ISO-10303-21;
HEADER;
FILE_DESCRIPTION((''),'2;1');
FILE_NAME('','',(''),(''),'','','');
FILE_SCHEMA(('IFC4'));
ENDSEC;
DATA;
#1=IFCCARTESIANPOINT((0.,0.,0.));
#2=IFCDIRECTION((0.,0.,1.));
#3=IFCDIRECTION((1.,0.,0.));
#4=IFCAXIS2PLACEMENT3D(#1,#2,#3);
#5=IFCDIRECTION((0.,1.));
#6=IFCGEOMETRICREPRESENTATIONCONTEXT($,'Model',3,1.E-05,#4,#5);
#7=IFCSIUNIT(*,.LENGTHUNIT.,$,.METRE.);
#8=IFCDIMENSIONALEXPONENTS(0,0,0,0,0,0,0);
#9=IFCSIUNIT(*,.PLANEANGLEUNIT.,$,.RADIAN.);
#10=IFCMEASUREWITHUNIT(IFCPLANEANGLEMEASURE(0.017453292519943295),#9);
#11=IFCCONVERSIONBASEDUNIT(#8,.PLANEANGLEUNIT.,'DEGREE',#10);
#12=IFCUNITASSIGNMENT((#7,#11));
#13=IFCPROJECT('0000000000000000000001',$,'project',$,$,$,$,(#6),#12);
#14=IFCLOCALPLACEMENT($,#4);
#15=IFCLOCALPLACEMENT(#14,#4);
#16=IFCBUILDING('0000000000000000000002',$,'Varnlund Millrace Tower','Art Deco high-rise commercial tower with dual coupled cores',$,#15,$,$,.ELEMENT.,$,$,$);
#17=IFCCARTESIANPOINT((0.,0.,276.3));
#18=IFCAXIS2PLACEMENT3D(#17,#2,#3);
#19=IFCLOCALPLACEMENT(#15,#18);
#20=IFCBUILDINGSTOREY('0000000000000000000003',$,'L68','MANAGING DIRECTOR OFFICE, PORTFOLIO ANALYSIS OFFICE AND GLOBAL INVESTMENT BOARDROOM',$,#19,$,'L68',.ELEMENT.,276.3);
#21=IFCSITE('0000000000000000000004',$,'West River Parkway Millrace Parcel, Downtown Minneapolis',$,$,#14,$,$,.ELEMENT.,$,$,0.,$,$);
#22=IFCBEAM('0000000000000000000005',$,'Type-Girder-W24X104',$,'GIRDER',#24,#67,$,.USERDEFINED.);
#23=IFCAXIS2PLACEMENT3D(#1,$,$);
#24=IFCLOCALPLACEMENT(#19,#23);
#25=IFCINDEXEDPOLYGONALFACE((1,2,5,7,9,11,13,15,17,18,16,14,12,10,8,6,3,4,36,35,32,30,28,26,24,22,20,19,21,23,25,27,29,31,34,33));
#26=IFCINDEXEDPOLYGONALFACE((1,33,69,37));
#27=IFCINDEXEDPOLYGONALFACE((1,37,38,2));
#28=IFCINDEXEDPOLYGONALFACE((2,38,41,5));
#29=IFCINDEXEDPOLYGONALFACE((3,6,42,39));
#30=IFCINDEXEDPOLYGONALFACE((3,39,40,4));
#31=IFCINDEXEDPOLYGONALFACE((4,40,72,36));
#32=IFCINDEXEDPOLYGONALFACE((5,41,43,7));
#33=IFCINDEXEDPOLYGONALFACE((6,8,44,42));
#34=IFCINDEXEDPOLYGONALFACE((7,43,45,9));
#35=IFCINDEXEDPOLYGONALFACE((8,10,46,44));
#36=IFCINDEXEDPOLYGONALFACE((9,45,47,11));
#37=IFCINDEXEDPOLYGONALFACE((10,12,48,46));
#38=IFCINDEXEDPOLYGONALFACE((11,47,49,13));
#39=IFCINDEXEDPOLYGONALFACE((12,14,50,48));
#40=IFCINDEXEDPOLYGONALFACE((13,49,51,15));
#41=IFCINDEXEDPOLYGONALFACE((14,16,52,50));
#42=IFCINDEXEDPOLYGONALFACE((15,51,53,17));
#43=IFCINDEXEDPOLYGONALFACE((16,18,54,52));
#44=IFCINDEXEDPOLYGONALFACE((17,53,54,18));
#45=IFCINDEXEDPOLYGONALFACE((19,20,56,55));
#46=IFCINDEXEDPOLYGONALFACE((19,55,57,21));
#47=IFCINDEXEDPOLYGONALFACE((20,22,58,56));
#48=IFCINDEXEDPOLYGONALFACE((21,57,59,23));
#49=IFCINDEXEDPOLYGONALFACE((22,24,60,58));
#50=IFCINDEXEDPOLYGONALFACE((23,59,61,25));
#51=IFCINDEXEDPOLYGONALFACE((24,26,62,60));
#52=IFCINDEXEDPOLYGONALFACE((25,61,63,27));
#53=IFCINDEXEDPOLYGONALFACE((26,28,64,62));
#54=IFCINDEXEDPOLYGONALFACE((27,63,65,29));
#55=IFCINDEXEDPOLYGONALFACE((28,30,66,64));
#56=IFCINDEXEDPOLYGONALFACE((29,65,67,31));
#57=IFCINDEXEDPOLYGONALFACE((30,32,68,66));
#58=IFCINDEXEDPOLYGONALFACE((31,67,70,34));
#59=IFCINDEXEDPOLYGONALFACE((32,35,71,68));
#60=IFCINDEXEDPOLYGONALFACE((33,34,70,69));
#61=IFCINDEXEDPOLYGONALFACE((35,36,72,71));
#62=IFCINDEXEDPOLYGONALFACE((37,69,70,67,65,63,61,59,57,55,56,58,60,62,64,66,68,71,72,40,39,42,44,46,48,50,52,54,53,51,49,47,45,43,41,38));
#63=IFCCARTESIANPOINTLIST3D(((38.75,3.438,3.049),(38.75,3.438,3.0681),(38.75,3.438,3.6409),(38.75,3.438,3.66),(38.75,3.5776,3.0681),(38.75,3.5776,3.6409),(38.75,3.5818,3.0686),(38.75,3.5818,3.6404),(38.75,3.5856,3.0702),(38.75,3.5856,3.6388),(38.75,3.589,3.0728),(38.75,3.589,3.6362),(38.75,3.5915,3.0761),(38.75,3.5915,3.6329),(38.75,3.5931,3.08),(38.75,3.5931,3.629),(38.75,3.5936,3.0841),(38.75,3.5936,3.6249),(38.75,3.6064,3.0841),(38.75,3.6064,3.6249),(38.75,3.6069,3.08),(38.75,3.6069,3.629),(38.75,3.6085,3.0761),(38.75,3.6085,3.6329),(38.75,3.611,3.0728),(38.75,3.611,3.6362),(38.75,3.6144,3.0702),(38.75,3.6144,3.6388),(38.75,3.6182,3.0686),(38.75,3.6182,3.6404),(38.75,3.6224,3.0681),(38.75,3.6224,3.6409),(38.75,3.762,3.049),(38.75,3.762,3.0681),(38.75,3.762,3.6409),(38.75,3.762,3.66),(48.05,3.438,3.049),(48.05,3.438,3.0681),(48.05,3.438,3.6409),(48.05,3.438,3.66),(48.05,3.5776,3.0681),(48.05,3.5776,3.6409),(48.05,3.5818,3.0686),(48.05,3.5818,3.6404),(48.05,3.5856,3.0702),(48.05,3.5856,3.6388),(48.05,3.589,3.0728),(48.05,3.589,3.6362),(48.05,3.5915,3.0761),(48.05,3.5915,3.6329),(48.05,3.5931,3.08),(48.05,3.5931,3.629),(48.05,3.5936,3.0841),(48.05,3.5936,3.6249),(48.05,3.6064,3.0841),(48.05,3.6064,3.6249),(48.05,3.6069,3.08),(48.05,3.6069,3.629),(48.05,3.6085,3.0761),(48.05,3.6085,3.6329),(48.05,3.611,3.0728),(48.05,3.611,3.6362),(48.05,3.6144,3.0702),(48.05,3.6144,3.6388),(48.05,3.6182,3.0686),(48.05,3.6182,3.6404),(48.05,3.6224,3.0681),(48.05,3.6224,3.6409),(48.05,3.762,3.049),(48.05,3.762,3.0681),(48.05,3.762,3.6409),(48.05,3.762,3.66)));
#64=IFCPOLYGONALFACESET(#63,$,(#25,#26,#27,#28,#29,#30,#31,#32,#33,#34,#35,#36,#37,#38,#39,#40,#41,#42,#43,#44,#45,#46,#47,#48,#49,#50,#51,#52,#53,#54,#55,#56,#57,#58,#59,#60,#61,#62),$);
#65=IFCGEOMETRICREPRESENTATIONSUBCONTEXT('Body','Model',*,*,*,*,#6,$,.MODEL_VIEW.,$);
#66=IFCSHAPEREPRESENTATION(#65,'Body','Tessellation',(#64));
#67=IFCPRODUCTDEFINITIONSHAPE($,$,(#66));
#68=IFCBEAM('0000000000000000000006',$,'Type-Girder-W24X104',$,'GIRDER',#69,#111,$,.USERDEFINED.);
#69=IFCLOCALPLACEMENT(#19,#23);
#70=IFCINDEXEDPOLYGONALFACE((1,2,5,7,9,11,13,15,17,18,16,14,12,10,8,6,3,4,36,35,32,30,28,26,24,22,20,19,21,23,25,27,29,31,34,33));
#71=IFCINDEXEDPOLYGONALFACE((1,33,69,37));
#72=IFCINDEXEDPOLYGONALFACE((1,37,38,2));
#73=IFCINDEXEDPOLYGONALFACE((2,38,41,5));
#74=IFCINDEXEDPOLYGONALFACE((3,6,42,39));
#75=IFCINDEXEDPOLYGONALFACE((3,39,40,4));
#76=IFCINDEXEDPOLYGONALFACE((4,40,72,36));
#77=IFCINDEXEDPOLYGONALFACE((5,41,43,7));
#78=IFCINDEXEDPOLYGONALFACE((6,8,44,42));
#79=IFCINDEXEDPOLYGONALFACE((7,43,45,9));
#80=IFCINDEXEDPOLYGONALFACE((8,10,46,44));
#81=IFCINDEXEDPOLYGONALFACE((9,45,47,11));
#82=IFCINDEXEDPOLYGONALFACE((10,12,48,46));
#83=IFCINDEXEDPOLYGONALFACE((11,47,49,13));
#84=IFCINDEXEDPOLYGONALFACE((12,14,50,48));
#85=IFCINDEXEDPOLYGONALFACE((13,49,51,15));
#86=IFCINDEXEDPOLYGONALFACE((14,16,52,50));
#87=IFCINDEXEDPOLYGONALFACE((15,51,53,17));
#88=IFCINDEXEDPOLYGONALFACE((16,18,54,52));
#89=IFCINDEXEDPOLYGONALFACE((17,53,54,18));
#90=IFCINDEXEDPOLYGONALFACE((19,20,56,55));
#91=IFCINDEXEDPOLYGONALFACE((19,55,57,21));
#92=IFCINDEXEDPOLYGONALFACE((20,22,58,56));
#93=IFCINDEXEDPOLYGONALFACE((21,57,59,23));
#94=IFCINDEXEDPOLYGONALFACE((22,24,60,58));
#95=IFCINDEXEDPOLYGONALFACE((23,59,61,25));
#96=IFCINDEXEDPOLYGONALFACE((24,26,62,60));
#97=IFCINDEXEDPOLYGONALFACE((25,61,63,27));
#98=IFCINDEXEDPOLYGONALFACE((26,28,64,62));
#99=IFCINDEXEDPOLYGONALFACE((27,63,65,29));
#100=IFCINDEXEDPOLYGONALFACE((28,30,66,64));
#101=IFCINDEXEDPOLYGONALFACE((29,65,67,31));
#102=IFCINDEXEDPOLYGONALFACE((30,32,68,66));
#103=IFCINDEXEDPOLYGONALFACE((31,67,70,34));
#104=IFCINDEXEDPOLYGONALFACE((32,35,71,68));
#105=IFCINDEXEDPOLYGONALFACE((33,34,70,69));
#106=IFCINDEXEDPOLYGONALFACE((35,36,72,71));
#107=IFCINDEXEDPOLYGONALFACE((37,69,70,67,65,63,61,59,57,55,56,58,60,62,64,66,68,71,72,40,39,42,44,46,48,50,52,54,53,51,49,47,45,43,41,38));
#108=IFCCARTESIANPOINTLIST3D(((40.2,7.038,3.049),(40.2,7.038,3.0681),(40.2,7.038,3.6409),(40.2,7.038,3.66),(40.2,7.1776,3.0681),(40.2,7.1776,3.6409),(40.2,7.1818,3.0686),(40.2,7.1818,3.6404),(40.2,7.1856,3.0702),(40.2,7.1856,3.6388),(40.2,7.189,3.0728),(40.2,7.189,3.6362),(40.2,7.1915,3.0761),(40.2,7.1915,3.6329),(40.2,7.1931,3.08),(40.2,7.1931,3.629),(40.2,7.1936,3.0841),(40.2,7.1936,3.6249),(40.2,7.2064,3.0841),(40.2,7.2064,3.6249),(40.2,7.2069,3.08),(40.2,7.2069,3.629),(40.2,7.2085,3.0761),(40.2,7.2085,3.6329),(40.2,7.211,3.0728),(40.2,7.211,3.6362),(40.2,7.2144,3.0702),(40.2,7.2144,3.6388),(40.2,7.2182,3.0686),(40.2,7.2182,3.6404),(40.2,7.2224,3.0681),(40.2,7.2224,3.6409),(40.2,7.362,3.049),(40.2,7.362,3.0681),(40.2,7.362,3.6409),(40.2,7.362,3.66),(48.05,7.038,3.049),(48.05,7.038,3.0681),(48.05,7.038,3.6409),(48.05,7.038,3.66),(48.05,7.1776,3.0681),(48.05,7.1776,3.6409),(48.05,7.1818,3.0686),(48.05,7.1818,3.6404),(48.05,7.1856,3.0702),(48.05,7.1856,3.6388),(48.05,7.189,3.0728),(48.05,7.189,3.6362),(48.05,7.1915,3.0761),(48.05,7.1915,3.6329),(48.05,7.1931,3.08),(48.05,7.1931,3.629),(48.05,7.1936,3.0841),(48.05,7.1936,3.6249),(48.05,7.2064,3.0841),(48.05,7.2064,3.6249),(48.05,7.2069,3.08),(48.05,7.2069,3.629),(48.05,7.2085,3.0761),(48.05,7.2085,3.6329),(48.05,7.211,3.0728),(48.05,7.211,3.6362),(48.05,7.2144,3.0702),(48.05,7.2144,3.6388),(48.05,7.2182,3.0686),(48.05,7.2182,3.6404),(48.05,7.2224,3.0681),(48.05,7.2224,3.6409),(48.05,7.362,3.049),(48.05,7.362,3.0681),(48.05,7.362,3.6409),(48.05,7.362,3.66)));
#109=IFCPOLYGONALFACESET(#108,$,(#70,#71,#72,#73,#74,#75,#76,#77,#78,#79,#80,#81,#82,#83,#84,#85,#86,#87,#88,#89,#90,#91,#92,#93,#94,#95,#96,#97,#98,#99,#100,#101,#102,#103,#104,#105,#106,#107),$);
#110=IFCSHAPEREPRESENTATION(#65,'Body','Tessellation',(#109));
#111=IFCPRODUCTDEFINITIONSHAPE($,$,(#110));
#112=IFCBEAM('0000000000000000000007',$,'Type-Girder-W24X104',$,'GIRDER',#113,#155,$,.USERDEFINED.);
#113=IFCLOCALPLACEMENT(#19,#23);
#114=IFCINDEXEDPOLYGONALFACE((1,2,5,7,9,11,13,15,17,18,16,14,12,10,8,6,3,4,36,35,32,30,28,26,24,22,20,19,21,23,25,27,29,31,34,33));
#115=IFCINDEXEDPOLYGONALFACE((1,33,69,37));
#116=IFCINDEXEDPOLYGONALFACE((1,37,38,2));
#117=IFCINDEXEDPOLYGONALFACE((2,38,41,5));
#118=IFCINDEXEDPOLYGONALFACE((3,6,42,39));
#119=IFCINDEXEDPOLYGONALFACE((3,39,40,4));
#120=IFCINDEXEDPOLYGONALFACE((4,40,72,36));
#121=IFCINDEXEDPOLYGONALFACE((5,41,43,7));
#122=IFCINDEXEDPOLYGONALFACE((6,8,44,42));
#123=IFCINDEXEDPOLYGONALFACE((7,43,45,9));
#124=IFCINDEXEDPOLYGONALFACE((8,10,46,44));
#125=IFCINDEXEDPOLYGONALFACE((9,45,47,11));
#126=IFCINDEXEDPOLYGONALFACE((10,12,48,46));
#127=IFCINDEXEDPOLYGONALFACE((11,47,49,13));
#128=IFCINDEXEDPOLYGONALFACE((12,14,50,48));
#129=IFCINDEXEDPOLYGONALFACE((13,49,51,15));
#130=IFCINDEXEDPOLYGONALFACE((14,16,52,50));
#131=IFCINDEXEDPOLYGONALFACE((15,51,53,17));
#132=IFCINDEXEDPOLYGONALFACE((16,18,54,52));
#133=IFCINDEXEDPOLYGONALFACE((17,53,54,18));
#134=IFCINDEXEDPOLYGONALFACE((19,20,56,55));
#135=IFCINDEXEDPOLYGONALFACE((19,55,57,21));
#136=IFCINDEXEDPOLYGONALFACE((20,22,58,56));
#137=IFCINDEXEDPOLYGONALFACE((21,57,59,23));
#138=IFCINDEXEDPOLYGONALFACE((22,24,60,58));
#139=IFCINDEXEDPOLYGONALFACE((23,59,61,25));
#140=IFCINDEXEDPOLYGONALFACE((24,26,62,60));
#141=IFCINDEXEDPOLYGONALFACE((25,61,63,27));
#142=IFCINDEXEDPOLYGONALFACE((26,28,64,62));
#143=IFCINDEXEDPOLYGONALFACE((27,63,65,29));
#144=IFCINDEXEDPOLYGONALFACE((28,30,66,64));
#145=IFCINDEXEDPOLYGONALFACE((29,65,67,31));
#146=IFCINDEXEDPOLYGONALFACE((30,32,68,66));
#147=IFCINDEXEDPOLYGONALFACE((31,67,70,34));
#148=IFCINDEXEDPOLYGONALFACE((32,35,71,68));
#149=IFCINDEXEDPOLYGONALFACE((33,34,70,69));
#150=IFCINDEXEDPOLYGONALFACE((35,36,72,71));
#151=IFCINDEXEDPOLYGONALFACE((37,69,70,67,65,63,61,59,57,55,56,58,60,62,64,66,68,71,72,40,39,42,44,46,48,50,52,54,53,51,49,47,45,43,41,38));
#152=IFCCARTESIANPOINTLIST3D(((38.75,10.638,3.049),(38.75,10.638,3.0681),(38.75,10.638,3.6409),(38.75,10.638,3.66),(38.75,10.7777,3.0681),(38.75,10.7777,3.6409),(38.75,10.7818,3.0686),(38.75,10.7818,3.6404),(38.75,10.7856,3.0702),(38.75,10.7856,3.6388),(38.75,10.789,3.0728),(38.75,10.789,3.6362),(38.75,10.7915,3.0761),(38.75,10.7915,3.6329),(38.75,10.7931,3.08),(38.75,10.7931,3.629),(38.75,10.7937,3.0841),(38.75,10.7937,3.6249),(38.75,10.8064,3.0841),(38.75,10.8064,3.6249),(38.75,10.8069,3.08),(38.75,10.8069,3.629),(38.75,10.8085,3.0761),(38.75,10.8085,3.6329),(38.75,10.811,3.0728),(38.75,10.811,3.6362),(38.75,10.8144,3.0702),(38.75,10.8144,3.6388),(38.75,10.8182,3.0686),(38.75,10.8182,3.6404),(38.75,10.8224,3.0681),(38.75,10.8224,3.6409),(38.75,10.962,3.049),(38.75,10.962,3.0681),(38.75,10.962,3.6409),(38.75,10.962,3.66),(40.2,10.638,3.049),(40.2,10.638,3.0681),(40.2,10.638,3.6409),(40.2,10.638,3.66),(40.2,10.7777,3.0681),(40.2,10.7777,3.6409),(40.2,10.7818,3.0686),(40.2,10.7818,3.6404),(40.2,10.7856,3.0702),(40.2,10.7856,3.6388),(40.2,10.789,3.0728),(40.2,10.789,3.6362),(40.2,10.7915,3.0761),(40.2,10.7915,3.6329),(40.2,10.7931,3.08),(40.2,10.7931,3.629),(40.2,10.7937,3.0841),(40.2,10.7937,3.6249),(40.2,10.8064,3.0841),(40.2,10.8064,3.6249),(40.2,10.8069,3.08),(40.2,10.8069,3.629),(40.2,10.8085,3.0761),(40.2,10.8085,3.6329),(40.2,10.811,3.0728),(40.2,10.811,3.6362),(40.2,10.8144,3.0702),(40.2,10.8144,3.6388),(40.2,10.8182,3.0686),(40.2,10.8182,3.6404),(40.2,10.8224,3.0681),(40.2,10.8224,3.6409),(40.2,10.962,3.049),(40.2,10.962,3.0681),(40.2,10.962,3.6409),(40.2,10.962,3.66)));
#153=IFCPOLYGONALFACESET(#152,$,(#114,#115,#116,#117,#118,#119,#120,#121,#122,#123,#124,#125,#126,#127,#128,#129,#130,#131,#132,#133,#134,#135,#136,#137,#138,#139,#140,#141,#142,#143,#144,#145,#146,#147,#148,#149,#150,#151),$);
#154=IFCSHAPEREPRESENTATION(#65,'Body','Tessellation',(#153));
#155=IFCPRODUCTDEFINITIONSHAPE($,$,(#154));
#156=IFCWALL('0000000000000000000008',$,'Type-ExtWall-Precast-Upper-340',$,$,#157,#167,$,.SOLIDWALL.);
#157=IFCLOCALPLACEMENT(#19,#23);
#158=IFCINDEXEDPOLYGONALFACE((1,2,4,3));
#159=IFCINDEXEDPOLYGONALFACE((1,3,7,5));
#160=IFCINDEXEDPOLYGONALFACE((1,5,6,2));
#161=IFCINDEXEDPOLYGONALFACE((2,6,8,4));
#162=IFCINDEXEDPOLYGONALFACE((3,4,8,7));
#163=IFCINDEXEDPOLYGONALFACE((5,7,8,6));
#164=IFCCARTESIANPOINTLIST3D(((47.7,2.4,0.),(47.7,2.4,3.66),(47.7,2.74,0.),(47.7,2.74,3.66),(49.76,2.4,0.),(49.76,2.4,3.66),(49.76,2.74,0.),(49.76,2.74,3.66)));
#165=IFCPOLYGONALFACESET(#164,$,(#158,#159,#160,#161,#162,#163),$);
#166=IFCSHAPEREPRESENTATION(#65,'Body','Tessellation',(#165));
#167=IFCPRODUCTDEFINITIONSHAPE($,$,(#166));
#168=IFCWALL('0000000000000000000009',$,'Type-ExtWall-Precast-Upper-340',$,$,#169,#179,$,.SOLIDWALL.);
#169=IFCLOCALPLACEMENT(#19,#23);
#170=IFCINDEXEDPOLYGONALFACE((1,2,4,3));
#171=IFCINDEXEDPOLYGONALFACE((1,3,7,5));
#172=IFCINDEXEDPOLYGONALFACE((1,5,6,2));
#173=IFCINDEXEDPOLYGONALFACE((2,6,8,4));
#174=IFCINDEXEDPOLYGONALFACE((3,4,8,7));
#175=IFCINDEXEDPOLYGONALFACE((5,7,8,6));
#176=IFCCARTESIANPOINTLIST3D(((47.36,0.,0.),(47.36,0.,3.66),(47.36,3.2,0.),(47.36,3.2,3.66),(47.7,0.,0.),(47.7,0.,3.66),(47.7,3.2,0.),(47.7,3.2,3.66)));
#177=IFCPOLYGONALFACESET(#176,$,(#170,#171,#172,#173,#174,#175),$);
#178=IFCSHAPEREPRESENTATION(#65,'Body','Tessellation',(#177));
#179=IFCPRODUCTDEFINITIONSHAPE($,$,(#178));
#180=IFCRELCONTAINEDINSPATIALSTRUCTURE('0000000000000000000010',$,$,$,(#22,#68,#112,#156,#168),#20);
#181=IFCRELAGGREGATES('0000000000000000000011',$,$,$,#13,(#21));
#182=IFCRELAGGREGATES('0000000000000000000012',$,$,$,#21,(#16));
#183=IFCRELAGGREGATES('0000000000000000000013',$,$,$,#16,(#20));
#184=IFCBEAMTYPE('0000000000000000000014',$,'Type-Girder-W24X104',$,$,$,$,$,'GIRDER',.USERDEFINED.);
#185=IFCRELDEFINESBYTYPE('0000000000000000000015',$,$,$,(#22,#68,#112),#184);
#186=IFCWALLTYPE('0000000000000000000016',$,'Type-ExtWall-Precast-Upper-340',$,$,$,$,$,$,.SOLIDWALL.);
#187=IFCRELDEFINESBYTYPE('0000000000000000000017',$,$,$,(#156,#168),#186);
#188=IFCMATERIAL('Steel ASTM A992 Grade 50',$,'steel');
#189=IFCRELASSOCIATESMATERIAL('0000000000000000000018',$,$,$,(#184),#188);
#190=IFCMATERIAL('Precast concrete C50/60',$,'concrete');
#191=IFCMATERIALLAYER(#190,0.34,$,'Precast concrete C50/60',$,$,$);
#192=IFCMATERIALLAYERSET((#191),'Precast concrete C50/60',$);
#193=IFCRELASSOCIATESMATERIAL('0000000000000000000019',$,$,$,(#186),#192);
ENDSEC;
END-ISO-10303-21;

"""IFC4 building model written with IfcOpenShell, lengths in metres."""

from ifc_helpers import new_model, entity, si_unit, converted_unit, direction, frame, origin_with_axes, origin_2d_with_axis, place, context, subcontext, project, spatial, polyline, i_section, outline, extrude, material, layer, layer_set, material_profile, profile_set, type_object, element, save


model = new_model("IFC4")

# Units and contexts
model_context = context("Model", 3, precision=1e-05, world=origin_with_axes(), true_north=direction((0.0, 1.0)))
body_context = subcontext(model_context, "Body", "Model", "MODEL_VIEW")
ifc_project = project(units=[si_unit("LENGTHUNIT", "METRE"), converted_unit("PLANEANGLEUNIT", "DEGREE", entity("IfcPlaneAngleMeasure", 0.017453292519943295), si_unit("PLANEANGLEUNIT", "RADIAN"), dimensions=[0, 0, 0, 0, 0, 0, 0])], contexts=[model_context])

# Site, building, storey
site_placement = place(None, origin_with_axes())
site = spatial("IfcSite", under=ifc_project, at=site_placement, Name="West River Parkway Millrace Parcel, Downtown Minneapolis", CompositionType="ELEMENT", RefElevation=0.0)
building_placement = place(site_placement, origin_with_axes())
building = spatial("IfcBuilding", under=site, at=building_placement, Name="Varnlund Millrace Tower", Description="Art Deco high-rise commercial tower with dual coupled cores", CompositionType="ELEMENT")
storey_placement = place(building_placement, frame((0.0, 0.0, 276.3), z_axis=(0.0, 0.0, 1.0), x_axis=(1.0, 0.0, 0.0)))
storey = spatial("IfcBuildingStorey", under=building, at=storey_placement, Name="L68", Description="MANAGING DIRECTOR OFFICE, PORTFOLIO ANALYSIS OFFICE AND GLOBAL INVESTMENT BOARDROOM", LongName="L68", CompositionType="ELEMENT", Elevation=276.3)

# Beams
ifc_material_1 = material(Name="Steel ASTM A992 Grade 50", Category="steel")
ifc_material_profile_1 = material_profile(ifc_material_1, i_section(OverallWidth=0.324, OverallDepth=0.611, WebThickness=0.0127, FlangeThickness=0.0191, FilletRadius=0.016, at=origin_2d_with_axis()), Name="Steel ASTM A992 Grade 50")
ifc_profile_set_1 = profile_set([ifc_material_profile_1], Name="Steel ASTM A992 Grade 50")
beam_type_1 = type_object("IfcBeamType", Name="Type-Girder-W24X104", ElementType="GIRDER", PredefinedType="USERDEFINED", material=ifc_profile_set_1)
beam_1_placement = place(storey_placement, frame((38.75, 3.6, 3.3545), z_axis=(1.0, 0.0, 0.0), x_axis=(0.0, 1.0, 0.0)))
element("IfcBeam", 1, at=beam_1_placement, inside=storey, type_object=beam_type_1, Name="Type-Girder-W24X104", ObjectType="GIRDER", PredefinedType="USERDEFINED", context=body_context, shape_type="SweptSolid", body=[
    extrude(i_section(OverallWidth=0.324, OverallDepth=0.611, WebThickness=0.0127, FlangeThickness=0.0191, FilletRadius=0.016, at=origin_2d_with_axis()), origin_with_axes(), (0.0, 0.0, 1.0), 9.3),
])
beam_2_placement = place(storey_placement, frame((40.2, 7.2, 3.3545), z_axis=(1.0, 0.0, 0.0), x_axis=(0.0, 1.0, 0.0)))
element("IfcBeam", 2, at=beam_2_placement, inside=storey, type_object=beam_type_1, Name="Type-Girder-W24X104", ObjectType="GIRDER", PredefinedType="USERDEFINED", context=body_context, shape_type="SweptSolid", body=[
    extrude(i_section(OverallWidth=0.324, OverallDepth=0.611, WebThickness=0.0127, FlangeThickness=0.0191, FilletRadius=0.016, at=origin_2d_with_axis()), origin_with_axes(), (0.0, 0.0, 1.0), 7.85),
])
beam_3_placement = place(storey_placement, frame((38.75, 10.8, 3.3545), z_axis=(1.0, 0.0, 0.0), x_axis=(0.0, 1.0, 0.0)))
element("IfcBeam", 3, at=beam_3_placement, inside=storey, type_object=beam_type_1, Name="Type-Girder-W24X104", ObjectType="GIRDER", PredefinedType="USERDEFINED", context=body_context, shape_type="SweptSolid", body=[
    extrude(i_section(OverallWidth=0.324, OverallDepth=0.611, WebThickness=0.0127, FlangeThickness=0.0191, FilletRadius=0.016, at=origin_2d_with_axis()), origin_with_axes(), (0.0, 0.0, 1.0), 1.45),
])

# Walls
ifc_material_2 = material(Name="Precast concrete C50/60", Category="concrete")
ifc_layer_1 = layer(ifc_material_2, 0.34, Name="Precast concrete C50/60")
ifc_layer_set_1 = layer_set([ifc_layer_1], Name="Precast concrete C50/60")
wall_type_1 = type_object("IfcWallType", Name="Type-ExtWall-Precast-Upper-340", PredefinedType="SOLIDWALL", material=ifc_layer_set_1)
wall_1_placement = place(storey_placement, frame((49.76, 2.57, 0.0), z_axis=(0.0, 0.0, 1.0), x_axis=(-1.0, 0.0, 0.0)))
element("IfcWall", 4, at=wall_1_placement, inside=storey, type_object=wall_type_1, Name="Type-ExtWall-Precast-Upper-340", PredefinedType="SOLIDWALL", context=body_context, shape_type="SweptSolid", body=[
    extrude(outline(polyline([(0.0, -0.17), (2.06, -0.17), (2.06, 0.17), (0.0, 0.17), (0.0, -0.17)])), origin_with_axes(), (0.0, 0.0, 1.0), 3.66),
])
wall_2_placement = place(storey_placement, frame((47.53, 3.2, 0.0), z_axis=(0.0, 0.0, 1.0), x_axis=(0.0, -1.0, 0.0)))
element("IfcWall", 5, at=wall_2_placement, inside=storey, type_object=wall_type_1, Name="Type-ExtWall-Precast-Upper-340", PredefinedType="SOLIDWALL", context=body_context, shape_type="SweptSolid", body=[
    extrude(outline(polyline([(0.0, -0.17), (3.2, -0.17), (3.2, 0.17), (0.0, 0.17), (0.0, -0.17)])), origin_with_axes(), (0.0, 0.0, 1.0), 3.66),
])

save(model, "model.ifc")
